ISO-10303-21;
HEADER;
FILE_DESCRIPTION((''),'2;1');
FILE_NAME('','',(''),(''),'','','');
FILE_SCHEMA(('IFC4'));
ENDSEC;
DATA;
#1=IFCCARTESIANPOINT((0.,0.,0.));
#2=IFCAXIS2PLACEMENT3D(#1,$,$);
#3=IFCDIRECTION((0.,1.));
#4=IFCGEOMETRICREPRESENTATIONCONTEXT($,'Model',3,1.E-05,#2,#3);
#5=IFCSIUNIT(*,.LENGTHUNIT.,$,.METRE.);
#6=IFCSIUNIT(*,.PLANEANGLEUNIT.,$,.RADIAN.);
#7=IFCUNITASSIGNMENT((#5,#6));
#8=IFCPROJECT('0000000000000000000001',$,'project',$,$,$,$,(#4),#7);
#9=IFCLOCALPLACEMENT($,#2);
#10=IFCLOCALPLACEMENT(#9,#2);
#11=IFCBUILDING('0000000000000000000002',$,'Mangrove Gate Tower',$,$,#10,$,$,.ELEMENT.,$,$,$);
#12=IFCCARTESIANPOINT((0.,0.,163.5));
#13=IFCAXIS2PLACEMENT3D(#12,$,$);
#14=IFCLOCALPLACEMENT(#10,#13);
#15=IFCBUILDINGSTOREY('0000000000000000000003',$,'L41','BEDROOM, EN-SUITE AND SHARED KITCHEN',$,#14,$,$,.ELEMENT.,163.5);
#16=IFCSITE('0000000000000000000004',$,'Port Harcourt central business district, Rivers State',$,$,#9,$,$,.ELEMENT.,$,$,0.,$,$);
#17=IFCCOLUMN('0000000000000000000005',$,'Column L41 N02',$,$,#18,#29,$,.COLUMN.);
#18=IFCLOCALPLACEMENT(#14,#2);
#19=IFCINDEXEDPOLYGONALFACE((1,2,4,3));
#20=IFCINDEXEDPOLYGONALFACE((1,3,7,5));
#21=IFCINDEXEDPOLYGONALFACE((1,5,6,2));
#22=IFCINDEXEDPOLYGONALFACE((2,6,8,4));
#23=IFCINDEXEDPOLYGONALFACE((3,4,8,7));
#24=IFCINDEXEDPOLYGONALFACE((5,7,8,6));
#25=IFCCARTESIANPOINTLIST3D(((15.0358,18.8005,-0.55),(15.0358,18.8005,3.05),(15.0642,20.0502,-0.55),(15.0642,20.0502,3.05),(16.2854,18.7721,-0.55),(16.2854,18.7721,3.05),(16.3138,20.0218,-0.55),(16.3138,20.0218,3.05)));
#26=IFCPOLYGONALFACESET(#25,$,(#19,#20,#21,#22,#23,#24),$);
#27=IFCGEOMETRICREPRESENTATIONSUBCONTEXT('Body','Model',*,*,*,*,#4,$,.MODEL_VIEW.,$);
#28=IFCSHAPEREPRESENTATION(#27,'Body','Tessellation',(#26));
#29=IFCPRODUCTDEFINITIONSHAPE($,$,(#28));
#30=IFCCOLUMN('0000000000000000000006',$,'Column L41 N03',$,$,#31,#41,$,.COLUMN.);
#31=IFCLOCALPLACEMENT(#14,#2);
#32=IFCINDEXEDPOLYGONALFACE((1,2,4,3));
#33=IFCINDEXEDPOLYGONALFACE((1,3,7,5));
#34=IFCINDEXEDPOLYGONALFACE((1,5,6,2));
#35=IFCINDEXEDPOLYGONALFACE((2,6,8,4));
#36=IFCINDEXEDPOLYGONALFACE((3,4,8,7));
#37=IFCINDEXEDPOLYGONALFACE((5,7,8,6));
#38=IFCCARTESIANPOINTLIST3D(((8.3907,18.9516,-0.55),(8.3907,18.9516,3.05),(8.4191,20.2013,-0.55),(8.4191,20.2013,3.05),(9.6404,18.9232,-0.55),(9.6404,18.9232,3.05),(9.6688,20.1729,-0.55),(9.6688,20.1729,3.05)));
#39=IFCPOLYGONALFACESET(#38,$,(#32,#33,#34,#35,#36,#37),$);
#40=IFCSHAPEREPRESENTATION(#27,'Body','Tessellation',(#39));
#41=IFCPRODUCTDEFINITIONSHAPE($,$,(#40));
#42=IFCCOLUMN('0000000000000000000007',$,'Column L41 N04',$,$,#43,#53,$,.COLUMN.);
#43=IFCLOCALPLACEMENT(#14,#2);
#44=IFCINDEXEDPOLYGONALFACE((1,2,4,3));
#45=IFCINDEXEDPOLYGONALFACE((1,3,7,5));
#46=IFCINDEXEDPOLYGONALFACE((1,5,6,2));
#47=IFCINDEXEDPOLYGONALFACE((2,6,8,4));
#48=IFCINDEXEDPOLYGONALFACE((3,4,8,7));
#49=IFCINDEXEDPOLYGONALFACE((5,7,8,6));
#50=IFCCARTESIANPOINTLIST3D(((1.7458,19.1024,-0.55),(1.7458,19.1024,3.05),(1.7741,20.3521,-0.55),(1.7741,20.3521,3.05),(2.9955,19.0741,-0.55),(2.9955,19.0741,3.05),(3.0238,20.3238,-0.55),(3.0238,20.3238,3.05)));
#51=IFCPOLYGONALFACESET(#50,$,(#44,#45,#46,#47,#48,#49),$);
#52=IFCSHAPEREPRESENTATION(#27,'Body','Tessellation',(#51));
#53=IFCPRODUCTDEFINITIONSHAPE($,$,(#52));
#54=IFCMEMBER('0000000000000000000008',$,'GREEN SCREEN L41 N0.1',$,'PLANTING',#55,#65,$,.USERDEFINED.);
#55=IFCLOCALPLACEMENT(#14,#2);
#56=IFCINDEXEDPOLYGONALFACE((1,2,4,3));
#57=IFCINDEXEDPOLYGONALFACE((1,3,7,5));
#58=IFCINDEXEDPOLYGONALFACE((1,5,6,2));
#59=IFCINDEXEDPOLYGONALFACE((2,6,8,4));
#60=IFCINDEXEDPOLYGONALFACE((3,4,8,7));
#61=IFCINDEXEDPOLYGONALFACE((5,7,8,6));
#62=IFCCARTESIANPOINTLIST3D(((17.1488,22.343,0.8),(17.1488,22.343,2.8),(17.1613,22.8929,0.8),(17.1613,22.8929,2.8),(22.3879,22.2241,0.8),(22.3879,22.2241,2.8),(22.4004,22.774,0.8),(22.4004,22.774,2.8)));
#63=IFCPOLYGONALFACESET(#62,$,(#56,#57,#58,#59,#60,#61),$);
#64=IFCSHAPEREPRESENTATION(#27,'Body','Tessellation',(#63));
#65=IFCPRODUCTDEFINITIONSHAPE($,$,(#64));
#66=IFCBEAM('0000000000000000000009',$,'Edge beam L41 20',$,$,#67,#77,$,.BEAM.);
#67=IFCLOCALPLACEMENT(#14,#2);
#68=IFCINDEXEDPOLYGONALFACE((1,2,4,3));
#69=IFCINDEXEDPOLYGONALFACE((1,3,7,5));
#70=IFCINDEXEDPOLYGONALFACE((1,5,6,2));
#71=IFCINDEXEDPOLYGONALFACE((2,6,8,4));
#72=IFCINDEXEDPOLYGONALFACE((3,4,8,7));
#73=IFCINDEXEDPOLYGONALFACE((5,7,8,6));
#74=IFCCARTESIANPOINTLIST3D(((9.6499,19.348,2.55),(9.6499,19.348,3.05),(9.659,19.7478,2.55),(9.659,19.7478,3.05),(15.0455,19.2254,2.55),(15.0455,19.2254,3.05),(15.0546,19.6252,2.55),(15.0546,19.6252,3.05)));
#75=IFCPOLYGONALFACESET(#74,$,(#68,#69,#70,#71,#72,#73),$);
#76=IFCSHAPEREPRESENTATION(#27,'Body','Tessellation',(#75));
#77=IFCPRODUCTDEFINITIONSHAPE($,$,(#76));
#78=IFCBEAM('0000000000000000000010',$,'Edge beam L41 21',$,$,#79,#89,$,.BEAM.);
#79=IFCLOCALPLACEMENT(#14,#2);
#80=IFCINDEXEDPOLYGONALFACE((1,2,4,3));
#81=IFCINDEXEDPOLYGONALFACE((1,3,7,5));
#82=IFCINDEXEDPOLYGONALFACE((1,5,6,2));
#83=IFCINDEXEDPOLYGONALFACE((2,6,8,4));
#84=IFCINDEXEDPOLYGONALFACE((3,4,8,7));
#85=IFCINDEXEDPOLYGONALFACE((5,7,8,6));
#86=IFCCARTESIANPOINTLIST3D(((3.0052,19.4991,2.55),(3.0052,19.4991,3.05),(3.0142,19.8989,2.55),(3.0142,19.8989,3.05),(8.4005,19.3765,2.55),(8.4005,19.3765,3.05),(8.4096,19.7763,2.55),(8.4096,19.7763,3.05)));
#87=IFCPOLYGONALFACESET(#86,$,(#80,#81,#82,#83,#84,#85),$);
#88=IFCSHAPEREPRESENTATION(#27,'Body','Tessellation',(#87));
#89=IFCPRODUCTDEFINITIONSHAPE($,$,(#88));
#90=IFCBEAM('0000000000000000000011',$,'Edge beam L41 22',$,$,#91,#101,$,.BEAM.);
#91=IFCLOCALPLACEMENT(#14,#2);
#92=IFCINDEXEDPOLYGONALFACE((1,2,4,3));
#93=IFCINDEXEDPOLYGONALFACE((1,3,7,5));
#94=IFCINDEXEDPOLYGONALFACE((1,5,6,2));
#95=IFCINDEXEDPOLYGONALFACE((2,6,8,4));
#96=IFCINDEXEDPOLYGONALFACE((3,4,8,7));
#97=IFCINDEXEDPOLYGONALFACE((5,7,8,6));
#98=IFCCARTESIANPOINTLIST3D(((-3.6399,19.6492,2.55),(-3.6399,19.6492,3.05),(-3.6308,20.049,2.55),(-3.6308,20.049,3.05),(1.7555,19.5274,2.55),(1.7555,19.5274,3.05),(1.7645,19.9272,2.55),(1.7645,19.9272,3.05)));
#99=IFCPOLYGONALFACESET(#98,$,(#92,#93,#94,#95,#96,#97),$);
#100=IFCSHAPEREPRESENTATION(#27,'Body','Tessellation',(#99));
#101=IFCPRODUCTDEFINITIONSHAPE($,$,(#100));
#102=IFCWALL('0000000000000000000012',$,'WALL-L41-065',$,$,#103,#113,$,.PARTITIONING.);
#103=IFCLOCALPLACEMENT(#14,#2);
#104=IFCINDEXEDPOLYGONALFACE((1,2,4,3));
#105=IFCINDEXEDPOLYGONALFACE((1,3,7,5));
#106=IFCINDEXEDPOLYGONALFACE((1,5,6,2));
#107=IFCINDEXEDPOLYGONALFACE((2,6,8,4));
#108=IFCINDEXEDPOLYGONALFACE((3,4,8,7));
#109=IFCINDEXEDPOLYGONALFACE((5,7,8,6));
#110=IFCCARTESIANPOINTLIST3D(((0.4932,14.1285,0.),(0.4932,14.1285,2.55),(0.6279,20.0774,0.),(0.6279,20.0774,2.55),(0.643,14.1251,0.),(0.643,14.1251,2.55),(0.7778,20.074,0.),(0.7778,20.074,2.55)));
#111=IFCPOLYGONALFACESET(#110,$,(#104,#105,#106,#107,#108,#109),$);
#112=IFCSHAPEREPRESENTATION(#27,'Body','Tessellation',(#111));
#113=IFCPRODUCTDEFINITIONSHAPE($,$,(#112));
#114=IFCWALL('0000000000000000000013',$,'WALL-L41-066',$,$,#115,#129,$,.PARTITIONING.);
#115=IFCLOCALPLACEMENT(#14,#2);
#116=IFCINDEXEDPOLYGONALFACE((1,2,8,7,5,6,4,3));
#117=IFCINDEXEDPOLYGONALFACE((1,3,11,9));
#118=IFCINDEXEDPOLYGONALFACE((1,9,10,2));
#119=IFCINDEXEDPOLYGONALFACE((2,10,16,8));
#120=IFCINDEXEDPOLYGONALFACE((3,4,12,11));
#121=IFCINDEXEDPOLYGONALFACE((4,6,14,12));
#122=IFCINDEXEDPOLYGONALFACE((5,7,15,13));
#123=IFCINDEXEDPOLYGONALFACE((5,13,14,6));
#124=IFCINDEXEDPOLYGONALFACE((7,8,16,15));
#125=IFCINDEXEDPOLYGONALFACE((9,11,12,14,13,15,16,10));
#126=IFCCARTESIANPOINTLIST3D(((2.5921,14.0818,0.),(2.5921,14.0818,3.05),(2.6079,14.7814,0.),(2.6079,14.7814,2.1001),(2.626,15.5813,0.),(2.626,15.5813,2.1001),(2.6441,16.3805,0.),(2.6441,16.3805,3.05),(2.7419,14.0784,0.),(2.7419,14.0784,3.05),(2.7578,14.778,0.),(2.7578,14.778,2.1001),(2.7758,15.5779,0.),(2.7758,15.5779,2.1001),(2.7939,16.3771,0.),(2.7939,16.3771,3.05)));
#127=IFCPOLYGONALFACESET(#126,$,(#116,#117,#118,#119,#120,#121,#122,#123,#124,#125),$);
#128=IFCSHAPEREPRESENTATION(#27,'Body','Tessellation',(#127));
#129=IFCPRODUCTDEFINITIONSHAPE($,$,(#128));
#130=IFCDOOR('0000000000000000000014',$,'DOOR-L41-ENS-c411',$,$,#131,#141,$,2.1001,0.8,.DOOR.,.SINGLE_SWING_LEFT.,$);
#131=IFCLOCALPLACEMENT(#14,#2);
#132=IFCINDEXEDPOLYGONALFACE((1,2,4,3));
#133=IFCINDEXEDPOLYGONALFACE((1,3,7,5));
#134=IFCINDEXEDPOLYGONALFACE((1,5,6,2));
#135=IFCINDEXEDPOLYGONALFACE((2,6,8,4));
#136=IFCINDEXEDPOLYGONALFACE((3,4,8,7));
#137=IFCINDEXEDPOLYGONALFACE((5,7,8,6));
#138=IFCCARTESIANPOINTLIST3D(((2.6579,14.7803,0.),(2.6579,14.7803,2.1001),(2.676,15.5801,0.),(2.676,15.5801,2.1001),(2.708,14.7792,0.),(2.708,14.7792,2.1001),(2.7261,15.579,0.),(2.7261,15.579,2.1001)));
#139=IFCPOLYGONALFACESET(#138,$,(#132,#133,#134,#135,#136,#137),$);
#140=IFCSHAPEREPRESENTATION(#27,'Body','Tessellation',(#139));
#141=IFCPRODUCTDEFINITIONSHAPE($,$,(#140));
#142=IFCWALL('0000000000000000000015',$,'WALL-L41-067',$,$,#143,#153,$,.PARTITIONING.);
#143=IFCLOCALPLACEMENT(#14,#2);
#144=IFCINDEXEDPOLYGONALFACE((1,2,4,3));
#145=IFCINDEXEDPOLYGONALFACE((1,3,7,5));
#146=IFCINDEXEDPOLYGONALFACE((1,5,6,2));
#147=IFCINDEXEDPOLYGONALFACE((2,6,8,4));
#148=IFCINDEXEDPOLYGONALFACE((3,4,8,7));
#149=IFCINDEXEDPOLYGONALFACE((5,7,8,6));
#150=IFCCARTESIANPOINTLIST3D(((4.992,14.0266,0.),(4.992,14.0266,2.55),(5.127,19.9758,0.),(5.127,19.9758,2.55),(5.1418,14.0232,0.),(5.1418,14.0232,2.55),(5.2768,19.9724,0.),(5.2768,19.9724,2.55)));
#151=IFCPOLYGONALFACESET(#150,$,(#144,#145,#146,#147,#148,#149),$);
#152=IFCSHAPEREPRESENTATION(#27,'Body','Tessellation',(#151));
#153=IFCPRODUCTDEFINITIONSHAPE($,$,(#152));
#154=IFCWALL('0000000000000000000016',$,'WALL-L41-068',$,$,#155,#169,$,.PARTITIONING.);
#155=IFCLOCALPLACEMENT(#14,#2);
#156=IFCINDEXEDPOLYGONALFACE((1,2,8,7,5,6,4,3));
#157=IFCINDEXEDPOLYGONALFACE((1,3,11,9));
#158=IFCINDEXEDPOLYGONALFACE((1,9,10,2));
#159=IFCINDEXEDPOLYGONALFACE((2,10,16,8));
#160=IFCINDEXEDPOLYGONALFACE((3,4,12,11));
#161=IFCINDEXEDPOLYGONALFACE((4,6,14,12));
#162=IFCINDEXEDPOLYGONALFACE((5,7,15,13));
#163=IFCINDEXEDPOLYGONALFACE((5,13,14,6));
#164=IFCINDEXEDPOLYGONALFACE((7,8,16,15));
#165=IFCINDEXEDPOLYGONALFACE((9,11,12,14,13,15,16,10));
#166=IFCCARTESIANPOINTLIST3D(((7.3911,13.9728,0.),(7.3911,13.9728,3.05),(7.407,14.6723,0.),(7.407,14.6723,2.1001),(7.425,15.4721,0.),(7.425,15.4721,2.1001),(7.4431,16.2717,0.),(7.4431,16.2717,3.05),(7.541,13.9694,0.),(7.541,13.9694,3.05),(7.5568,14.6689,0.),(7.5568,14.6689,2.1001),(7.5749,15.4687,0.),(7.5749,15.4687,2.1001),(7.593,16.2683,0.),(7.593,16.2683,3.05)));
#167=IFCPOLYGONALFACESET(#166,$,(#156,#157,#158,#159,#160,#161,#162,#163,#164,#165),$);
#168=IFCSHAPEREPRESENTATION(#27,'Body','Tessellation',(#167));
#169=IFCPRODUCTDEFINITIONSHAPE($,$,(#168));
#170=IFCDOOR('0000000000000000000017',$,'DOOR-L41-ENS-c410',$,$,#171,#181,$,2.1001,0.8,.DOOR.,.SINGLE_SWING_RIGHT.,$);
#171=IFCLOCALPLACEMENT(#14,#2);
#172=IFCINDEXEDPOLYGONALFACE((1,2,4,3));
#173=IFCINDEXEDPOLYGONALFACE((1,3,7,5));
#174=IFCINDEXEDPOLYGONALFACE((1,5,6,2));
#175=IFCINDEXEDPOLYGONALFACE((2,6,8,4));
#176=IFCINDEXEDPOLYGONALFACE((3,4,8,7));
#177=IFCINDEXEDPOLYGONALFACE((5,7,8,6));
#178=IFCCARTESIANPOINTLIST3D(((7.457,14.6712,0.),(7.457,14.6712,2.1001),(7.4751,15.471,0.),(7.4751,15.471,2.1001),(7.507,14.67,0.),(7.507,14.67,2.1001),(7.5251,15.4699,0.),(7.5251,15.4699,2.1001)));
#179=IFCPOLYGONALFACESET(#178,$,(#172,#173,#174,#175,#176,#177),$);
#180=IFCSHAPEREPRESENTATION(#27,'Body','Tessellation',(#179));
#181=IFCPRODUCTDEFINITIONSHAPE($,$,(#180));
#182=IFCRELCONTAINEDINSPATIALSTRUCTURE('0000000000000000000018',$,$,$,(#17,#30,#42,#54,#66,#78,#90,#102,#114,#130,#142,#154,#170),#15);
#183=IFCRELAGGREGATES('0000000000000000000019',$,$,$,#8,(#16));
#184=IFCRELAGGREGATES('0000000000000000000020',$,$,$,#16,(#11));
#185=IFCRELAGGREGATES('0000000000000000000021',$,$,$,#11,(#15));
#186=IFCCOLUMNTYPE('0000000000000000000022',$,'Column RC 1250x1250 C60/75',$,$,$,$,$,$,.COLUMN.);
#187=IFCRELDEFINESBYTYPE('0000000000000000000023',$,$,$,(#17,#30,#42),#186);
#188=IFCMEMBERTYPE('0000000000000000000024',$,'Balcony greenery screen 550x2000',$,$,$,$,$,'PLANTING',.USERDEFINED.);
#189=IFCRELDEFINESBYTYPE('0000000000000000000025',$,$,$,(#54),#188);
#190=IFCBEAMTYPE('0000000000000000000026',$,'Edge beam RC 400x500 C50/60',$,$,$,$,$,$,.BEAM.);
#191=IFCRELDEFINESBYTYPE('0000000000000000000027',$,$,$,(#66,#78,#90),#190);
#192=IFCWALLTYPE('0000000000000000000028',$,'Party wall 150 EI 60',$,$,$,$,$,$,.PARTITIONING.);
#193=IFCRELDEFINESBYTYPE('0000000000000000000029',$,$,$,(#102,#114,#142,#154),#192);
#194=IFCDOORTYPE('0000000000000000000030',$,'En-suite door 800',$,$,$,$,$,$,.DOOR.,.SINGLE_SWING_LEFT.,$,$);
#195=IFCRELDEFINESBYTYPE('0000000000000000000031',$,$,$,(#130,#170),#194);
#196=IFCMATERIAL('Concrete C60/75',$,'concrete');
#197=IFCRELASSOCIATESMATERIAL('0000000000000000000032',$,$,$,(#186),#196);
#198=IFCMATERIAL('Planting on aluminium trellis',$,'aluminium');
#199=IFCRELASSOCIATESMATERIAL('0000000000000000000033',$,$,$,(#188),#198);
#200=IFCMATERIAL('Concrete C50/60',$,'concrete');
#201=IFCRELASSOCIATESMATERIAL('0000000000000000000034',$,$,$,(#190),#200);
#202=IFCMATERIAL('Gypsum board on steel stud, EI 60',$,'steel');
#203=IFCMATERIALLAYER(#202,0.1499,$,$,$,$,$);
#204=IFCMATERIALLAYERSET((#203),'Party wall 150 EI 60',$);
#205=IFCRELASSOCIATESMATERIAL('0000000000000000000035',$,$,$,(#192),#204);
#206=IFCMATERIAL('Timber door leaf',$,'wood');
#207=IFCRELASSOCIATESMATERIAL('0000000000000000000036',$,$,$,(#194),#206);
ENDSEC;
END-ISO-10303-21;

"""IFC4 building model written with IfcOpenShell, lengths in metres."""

from ifc_helpers import new_model, si_unit, direction, frame, frame_2d, origin, origin_2d, place, context, subcontext, project, spatial, rectangle, extrude, material, layer, layer_set, material_profile, profile_set, type_object, element, fill, save


model = new_model("IFC4")

# Units and contexts
model_context = context("Model", 3, precision=1e-05, world=origin(), true_north=direction((0.0, 1.0)))
body_context = subcontext(model_context, "Body", "Model", "MODEL_VIEW")
ifc_project = project(units=[si_unit("LENGTHUNIT", "METRE"), si_unit("PLANEANGLEUNIT", "RADIAN")], contexts=[model_context])

# Site, building, storey
site_placement = place(None, origin())
site = spatial("IfcSite", under=ifc_project, at=site_placement, Name="Port Harcourt central business district, Rivers State", CompositionType="ELEMENT", RefElevation=0.0)
building_placement = place(site_placement, origin())
building = spatial("IfcBuilding", under=site, at=building_placement, Name="Mangrove Gate Tower", CompositionType="ELEMENT")
storey_placement = place(building_placement, frame((0.0, 0.0, 163.5)))
storey = spatial("IfcBuildingStorey", under=building, at=storey_placement, Name="L41", Description="BEDROOM, EN-SUITE AND SHARED KITCHEN", CompositionType="ELEMENT", Elevation=163.5)

# Columns
ifc_material_1 = material(Name="Concrete C60/75", Category="concrete")
ifc_material_profile_1 = material_profile(ifc_material_1, rectangle(XDim=1.25, YDim=1.25, at=origin_2d()))
ifc_profile_set_1 = profile_set([ifc_material_profile_1], Name="Concrete C60/75")
column_type = type_object("IfcColumnType", Name="Column RC 1250x1250 C60/75", PredefinedType="COLUMN", material=ifc_profile_set_1)
for number, where, z_axis, x_axis, name in (
    (1, (15.6748, 19.4111, -0.55), (0.0, 0.0, 1.0), (-0.999742, 0.022718, 0.0), "Column L41 N02"),
    (2, (9.0298, 19.5623, -0.55), (0.0, 0.0, 1.0), (-0.999742, 0.022718, 0.0), "Column L41 N03"),
    (3, (2.3848, 19.7131, -0.55), (0.0, 0.0, 1.0), (-0.999744, 0.022643, 0.0), "Column L41 N04"),
):
    element("IfcColumn", number, at=place(storey_placement, frame(where, z_axis=z_axis, x_axis=x_axis)), inside=storey, type_object=column_type, Name=name, PredefinedType="COLUMN", context=body_context, shape_type="SweptSolid", body=[
        extrude(rectangle(XDim=1.25, YDim=1.25, at=origin_2d()), origin(), (0.0, 0.0, 1.0), 3.6001),
    ])

# Member
ifc_material_2 = material(Name="Planting on aluminium trellis", Category="aluminium")
ifc_material_profile_2 = material_profile(ifc_material_2, rectangle(XDim=0.55, YDim=2.0, at=origin_2d()))
ifc_profile_set_2 = profile_set([ifc_material_profile_2], Name="Planting on aluminium trellis")
member_type = type_object("IfcMemberType", Name="Balcony greenery screen 550x2000", ElementType="PLANTING", PredefinedType="USERDEFINED", material=ifc_profile_set_2)
member_placement = place(storey_placement, frame((17.155, 22.6179, 1.8), z_axis=(0.999743, -0.022689, 0.0), x_axis=(0.022689, 0.999743, 0.0)))
element("IfcMember", 4, at=member_placement, inside=storey, type_object=member_type, Name="GREEN SCREEN L41 N0.1", ObjectType="PLANTING", PredefinedType="USERDEFINED", context=body_context, shape_type="SweptSolid", body=[
    extrude(rectangle(XDim=0.55, YDim=2.0, at=origin_2d()), origin(), (0.0, 0.0, 1.0), 5.2405),
])

# Beams
ifc_material_3 = material(Name="Concrete C50/60", Category="concrete")
ifc_material_profile_3 = material_profile(ifc_material_3, rectangle(XDim=0.3999, YDim=0.5, at=origin_2d()))
ifc_profile_set_3 = profile_set([ifc_material_profile_3], Name="Concrete C50/60")
beam_type = type_object("IfcBeamType", Name="Edge beam RC 400x500 C50/60", PredefinedType="BEAM", material=ifc_profile_set_3)
beam_placement = place(storey_placement, frame((15.05, 19.4253, 2.8), z_axis=(-0.999742, 0.022709, 0.0), x_axis=(-0.022709, -0.999742, 0.0)))
element("IfcBeam", 5, at=beam_placement, inside=storey, type_object=beam_type, Name="Edge beam L41 20", PredefinedType="BEAM", context=body_context, shape_type="SweptSolid", body=[
    extrude(rectangle(XDim=0.3999, YDim=0.5, at=origin_2d()), origin(), (0.0, 0.0, 1.0), 5.397),
])
for number, where, z_axis, x_axis, name in (
    (6, (8.405, 19.5764, 2.8), (-0.999742, 0.02271, 0.0), (-0.02271, -0.999742, 0.0), "Edge beam L41 21"),
    (7, (1.76, 19.7273, 2.8), (-0.999745, 0.022574, 0.0), (-0.022574, -0.999745, 0.0), "Edge beam L41 22"),
):
    element("IfcBeam", number, at=place(storey_placement, frame(where, z_axis=z_axis, x_axis=x_axis)), inside=storey, type_object=beam_type, Name=name, PredefinedType="BEAM", context=body_context, shape_type="SweptSolid", body=[
        extrude(rectangle(XDim=0.3999, YDim=0.5, at=origin_2d()), origin(), (0.0, 0.0, 1.0), 5.3967),
    ])

# Wall
ifc_material_4 = material(Name="Gypsum board on steel stud, EI 60", Category="steel")
ifc_layer_1 = layer(ifc_material_4, 0.1499)
ifc_layer_set_1 = layer_set([ifc_layer_1], Name="Party wall 150 EI 60")
wall_type_1 = type_object("IfcWallType", Name="Party wall 150 EI 60", PredefinedType="PARTITIONING", material=ifc_layer_set_1)
wall_1_placement = place(storey_placement, frame((0.5681, 14.127, 0.0), z_axis=(0.0, 0.0, 1.0), x_axis=(0.022648, 0.999744, 0.0)))
element("IfcWall", 8, at=wall_1_placement, inside=storey, type_object=wall_type_1, Name="WALL-L41-065", PredefinedType="PARTITIONING", context=body_context, shape_type="SweptSolid", body=[
    extrude(rectangle(XDim=5.9504, YDim=0.1499, at=frame_2d((2.9751, 0.0))), origin(), (0.0, 0.0, 1.0), 2.55),
])

# Wall, opening, door
wall_2_placement = place(storey_placement, frame((2.667, 14.0801, 0.0), z_axis=(0.0, 0.0, 1.0), x_axis=(0.022615, 0.999744, 0.0)))
wall_2 = element("IfcWall", 9, at=wall_2_placement, inside=storey, type_object=wall_type_1, Name="WALL-L41-066", PredefinedType="PARTITIONING", context=body_context, shape_type="SweptSolid", body=[
    extrude(rectangle(XDim=2.2993, YDim=0.1499, at=frame_2d((1.1497, 0.0))), origin(), (0.0, 0.0, 1.0), 3.05),
])
opening_1_placement = place(wall_2_placement, frame((0.7, 0.0, 0.0)))
opening_1 = element("IfcOpeningElement", 10, at=opening_1_placement, cuts=wall_2, PredefinedType="OPENING", context=body_context, shape_type="SweptSolid", body=[
    extrude(rectangle(XDim=0.8, YDim=2.1001, at=frame_2d((0.3999, 1.05))), frame((0.0, 0.085, 0.0), z_axis=(0.0, -1.0, 0.0), x_axis=(1.0, 0.0, 0.0)), (0.0, 0.0, 1.0), 0.1699),
])
ifc_material_5 = material(Name="Timber door leaf", Category="wood")
door_type = type_object("IfcDoorType", Name="En-suite door 800", OperationType="SINGLE_SWING_LEFT", PredefinedType="DOOR", material=ifc_material_5)
door_1_placement = place(opening_1_placement, origin())
door_1 = element("IfcDoor", 11, at=door_1_placement, inside=storey, type_object=door_type, Name="DOOR-L41-ENS-c411", OperationType="SINGLE_SWING_LEFT", OverallHeight=2.1001, OverallWidth=0.8, PredefinedType="DOOR", context=body_context, shape_type="SweptSolid", body=[
    extrude(rectangle(XDim=0.8, YDim=2.1001, at=frame_2d((0.3999, 1.05))), frame((0.0, 0.0249, 0.0), z_axis=(0.0, -1.0, 0.0), x_axis=(1.0, 0.0, 0.0)), (0.0, 0.0, 1.0), 0.05),
])
fill(opening_1, door_1)

# Wall
wall_3_placement = place(storey_placement, frame((5.0669, 14.0249, 0.0), z_axis=(0.0, 0.0, 1.0), x_axis=(0.022688, 0.999743, 0.0)))
element("IfcWall", 12, at=wall_3_placement, inside=storey, type_object=wall_type_1, Name="WALL-L41-067", PredefinedType="PARTITIONING", context=body_context, shape_type="SweptSolid", body=[
    extrude(rectangle(XDim=5.9507, YDim=0.1499, at=frame_2d((2.9753, 0.0))), origin(), (0.0, 0.0, 1.0), 2.55),
])

# Wall, opening, door
wall_4_placement = place(storey_placement, frame((7.4661, 13.9709, 0.0), z_axis=(0.0, 0.0, 1.0), x_axis=(0.022613, 0.999744, 0.0)))
wall_4 = element("IfcWall", 13, at=wall_4_placement, inside=storey, type_object=wall_type_1, Name="WALL-L41-068", PredefinedType="PARTITIONING", context=body_context, shape_type="SweptSolid", body=[
    extrude(rectangle(XDim=2.2996, YDim=0.1499, at=frame_2d((1.1499, 0.0))), origin(), (0.0, 0.0, 1.0), 3.05),
])
opening_2_placement = place(wall_4_placement, frame((0.7, 0.0, 0.0)))
opening_2 = element("IfcOpeningElement", 14, at=opening_2_placement, cuts=wall_4, PredefinedType="OPENING", context=body_context, shape_type="SweptSolid", body=[
    extrude(rectangle(XDim=0.8, YDim=2.1001, at=frame_2d((0.3999, 1.05))), frame((0.0, 0.085, 0.0), z_axis=(0.0, -1.0, 0.0), x_axis=(1.0, 0.0, 0.0)), (0.0, 0.0, 1.0), 0.1699),
])
door_2_placement = place(opening_2_placement, origin())
door_2 = element("IfcDoor", 15, at=door_2_placement, inside=storey, type_object=door_type, Name="DOOR-L41-ENS-c410", OperationType="SINGLE_SWING_RIGHT", OverallHeight=2.1001, OverallWidth=0.8, PredefinedType="DOOR", context=body_context, shape_type="SweptSolid", body=[
    extrude(rectangle(XDim=0.8, YDim=2.1001, at=frame_2d((0.3999, 1.05))), frame((0.0, 0.0249, 0.0), z_axis=(0.0, -1.0, 0.0), x_axis=(1.0, 0.0, 0.0)), (0.0, 0.0, 1.0), 0.05),
])
fill(opening_2, door_2)

save(model, "model.ifc")
